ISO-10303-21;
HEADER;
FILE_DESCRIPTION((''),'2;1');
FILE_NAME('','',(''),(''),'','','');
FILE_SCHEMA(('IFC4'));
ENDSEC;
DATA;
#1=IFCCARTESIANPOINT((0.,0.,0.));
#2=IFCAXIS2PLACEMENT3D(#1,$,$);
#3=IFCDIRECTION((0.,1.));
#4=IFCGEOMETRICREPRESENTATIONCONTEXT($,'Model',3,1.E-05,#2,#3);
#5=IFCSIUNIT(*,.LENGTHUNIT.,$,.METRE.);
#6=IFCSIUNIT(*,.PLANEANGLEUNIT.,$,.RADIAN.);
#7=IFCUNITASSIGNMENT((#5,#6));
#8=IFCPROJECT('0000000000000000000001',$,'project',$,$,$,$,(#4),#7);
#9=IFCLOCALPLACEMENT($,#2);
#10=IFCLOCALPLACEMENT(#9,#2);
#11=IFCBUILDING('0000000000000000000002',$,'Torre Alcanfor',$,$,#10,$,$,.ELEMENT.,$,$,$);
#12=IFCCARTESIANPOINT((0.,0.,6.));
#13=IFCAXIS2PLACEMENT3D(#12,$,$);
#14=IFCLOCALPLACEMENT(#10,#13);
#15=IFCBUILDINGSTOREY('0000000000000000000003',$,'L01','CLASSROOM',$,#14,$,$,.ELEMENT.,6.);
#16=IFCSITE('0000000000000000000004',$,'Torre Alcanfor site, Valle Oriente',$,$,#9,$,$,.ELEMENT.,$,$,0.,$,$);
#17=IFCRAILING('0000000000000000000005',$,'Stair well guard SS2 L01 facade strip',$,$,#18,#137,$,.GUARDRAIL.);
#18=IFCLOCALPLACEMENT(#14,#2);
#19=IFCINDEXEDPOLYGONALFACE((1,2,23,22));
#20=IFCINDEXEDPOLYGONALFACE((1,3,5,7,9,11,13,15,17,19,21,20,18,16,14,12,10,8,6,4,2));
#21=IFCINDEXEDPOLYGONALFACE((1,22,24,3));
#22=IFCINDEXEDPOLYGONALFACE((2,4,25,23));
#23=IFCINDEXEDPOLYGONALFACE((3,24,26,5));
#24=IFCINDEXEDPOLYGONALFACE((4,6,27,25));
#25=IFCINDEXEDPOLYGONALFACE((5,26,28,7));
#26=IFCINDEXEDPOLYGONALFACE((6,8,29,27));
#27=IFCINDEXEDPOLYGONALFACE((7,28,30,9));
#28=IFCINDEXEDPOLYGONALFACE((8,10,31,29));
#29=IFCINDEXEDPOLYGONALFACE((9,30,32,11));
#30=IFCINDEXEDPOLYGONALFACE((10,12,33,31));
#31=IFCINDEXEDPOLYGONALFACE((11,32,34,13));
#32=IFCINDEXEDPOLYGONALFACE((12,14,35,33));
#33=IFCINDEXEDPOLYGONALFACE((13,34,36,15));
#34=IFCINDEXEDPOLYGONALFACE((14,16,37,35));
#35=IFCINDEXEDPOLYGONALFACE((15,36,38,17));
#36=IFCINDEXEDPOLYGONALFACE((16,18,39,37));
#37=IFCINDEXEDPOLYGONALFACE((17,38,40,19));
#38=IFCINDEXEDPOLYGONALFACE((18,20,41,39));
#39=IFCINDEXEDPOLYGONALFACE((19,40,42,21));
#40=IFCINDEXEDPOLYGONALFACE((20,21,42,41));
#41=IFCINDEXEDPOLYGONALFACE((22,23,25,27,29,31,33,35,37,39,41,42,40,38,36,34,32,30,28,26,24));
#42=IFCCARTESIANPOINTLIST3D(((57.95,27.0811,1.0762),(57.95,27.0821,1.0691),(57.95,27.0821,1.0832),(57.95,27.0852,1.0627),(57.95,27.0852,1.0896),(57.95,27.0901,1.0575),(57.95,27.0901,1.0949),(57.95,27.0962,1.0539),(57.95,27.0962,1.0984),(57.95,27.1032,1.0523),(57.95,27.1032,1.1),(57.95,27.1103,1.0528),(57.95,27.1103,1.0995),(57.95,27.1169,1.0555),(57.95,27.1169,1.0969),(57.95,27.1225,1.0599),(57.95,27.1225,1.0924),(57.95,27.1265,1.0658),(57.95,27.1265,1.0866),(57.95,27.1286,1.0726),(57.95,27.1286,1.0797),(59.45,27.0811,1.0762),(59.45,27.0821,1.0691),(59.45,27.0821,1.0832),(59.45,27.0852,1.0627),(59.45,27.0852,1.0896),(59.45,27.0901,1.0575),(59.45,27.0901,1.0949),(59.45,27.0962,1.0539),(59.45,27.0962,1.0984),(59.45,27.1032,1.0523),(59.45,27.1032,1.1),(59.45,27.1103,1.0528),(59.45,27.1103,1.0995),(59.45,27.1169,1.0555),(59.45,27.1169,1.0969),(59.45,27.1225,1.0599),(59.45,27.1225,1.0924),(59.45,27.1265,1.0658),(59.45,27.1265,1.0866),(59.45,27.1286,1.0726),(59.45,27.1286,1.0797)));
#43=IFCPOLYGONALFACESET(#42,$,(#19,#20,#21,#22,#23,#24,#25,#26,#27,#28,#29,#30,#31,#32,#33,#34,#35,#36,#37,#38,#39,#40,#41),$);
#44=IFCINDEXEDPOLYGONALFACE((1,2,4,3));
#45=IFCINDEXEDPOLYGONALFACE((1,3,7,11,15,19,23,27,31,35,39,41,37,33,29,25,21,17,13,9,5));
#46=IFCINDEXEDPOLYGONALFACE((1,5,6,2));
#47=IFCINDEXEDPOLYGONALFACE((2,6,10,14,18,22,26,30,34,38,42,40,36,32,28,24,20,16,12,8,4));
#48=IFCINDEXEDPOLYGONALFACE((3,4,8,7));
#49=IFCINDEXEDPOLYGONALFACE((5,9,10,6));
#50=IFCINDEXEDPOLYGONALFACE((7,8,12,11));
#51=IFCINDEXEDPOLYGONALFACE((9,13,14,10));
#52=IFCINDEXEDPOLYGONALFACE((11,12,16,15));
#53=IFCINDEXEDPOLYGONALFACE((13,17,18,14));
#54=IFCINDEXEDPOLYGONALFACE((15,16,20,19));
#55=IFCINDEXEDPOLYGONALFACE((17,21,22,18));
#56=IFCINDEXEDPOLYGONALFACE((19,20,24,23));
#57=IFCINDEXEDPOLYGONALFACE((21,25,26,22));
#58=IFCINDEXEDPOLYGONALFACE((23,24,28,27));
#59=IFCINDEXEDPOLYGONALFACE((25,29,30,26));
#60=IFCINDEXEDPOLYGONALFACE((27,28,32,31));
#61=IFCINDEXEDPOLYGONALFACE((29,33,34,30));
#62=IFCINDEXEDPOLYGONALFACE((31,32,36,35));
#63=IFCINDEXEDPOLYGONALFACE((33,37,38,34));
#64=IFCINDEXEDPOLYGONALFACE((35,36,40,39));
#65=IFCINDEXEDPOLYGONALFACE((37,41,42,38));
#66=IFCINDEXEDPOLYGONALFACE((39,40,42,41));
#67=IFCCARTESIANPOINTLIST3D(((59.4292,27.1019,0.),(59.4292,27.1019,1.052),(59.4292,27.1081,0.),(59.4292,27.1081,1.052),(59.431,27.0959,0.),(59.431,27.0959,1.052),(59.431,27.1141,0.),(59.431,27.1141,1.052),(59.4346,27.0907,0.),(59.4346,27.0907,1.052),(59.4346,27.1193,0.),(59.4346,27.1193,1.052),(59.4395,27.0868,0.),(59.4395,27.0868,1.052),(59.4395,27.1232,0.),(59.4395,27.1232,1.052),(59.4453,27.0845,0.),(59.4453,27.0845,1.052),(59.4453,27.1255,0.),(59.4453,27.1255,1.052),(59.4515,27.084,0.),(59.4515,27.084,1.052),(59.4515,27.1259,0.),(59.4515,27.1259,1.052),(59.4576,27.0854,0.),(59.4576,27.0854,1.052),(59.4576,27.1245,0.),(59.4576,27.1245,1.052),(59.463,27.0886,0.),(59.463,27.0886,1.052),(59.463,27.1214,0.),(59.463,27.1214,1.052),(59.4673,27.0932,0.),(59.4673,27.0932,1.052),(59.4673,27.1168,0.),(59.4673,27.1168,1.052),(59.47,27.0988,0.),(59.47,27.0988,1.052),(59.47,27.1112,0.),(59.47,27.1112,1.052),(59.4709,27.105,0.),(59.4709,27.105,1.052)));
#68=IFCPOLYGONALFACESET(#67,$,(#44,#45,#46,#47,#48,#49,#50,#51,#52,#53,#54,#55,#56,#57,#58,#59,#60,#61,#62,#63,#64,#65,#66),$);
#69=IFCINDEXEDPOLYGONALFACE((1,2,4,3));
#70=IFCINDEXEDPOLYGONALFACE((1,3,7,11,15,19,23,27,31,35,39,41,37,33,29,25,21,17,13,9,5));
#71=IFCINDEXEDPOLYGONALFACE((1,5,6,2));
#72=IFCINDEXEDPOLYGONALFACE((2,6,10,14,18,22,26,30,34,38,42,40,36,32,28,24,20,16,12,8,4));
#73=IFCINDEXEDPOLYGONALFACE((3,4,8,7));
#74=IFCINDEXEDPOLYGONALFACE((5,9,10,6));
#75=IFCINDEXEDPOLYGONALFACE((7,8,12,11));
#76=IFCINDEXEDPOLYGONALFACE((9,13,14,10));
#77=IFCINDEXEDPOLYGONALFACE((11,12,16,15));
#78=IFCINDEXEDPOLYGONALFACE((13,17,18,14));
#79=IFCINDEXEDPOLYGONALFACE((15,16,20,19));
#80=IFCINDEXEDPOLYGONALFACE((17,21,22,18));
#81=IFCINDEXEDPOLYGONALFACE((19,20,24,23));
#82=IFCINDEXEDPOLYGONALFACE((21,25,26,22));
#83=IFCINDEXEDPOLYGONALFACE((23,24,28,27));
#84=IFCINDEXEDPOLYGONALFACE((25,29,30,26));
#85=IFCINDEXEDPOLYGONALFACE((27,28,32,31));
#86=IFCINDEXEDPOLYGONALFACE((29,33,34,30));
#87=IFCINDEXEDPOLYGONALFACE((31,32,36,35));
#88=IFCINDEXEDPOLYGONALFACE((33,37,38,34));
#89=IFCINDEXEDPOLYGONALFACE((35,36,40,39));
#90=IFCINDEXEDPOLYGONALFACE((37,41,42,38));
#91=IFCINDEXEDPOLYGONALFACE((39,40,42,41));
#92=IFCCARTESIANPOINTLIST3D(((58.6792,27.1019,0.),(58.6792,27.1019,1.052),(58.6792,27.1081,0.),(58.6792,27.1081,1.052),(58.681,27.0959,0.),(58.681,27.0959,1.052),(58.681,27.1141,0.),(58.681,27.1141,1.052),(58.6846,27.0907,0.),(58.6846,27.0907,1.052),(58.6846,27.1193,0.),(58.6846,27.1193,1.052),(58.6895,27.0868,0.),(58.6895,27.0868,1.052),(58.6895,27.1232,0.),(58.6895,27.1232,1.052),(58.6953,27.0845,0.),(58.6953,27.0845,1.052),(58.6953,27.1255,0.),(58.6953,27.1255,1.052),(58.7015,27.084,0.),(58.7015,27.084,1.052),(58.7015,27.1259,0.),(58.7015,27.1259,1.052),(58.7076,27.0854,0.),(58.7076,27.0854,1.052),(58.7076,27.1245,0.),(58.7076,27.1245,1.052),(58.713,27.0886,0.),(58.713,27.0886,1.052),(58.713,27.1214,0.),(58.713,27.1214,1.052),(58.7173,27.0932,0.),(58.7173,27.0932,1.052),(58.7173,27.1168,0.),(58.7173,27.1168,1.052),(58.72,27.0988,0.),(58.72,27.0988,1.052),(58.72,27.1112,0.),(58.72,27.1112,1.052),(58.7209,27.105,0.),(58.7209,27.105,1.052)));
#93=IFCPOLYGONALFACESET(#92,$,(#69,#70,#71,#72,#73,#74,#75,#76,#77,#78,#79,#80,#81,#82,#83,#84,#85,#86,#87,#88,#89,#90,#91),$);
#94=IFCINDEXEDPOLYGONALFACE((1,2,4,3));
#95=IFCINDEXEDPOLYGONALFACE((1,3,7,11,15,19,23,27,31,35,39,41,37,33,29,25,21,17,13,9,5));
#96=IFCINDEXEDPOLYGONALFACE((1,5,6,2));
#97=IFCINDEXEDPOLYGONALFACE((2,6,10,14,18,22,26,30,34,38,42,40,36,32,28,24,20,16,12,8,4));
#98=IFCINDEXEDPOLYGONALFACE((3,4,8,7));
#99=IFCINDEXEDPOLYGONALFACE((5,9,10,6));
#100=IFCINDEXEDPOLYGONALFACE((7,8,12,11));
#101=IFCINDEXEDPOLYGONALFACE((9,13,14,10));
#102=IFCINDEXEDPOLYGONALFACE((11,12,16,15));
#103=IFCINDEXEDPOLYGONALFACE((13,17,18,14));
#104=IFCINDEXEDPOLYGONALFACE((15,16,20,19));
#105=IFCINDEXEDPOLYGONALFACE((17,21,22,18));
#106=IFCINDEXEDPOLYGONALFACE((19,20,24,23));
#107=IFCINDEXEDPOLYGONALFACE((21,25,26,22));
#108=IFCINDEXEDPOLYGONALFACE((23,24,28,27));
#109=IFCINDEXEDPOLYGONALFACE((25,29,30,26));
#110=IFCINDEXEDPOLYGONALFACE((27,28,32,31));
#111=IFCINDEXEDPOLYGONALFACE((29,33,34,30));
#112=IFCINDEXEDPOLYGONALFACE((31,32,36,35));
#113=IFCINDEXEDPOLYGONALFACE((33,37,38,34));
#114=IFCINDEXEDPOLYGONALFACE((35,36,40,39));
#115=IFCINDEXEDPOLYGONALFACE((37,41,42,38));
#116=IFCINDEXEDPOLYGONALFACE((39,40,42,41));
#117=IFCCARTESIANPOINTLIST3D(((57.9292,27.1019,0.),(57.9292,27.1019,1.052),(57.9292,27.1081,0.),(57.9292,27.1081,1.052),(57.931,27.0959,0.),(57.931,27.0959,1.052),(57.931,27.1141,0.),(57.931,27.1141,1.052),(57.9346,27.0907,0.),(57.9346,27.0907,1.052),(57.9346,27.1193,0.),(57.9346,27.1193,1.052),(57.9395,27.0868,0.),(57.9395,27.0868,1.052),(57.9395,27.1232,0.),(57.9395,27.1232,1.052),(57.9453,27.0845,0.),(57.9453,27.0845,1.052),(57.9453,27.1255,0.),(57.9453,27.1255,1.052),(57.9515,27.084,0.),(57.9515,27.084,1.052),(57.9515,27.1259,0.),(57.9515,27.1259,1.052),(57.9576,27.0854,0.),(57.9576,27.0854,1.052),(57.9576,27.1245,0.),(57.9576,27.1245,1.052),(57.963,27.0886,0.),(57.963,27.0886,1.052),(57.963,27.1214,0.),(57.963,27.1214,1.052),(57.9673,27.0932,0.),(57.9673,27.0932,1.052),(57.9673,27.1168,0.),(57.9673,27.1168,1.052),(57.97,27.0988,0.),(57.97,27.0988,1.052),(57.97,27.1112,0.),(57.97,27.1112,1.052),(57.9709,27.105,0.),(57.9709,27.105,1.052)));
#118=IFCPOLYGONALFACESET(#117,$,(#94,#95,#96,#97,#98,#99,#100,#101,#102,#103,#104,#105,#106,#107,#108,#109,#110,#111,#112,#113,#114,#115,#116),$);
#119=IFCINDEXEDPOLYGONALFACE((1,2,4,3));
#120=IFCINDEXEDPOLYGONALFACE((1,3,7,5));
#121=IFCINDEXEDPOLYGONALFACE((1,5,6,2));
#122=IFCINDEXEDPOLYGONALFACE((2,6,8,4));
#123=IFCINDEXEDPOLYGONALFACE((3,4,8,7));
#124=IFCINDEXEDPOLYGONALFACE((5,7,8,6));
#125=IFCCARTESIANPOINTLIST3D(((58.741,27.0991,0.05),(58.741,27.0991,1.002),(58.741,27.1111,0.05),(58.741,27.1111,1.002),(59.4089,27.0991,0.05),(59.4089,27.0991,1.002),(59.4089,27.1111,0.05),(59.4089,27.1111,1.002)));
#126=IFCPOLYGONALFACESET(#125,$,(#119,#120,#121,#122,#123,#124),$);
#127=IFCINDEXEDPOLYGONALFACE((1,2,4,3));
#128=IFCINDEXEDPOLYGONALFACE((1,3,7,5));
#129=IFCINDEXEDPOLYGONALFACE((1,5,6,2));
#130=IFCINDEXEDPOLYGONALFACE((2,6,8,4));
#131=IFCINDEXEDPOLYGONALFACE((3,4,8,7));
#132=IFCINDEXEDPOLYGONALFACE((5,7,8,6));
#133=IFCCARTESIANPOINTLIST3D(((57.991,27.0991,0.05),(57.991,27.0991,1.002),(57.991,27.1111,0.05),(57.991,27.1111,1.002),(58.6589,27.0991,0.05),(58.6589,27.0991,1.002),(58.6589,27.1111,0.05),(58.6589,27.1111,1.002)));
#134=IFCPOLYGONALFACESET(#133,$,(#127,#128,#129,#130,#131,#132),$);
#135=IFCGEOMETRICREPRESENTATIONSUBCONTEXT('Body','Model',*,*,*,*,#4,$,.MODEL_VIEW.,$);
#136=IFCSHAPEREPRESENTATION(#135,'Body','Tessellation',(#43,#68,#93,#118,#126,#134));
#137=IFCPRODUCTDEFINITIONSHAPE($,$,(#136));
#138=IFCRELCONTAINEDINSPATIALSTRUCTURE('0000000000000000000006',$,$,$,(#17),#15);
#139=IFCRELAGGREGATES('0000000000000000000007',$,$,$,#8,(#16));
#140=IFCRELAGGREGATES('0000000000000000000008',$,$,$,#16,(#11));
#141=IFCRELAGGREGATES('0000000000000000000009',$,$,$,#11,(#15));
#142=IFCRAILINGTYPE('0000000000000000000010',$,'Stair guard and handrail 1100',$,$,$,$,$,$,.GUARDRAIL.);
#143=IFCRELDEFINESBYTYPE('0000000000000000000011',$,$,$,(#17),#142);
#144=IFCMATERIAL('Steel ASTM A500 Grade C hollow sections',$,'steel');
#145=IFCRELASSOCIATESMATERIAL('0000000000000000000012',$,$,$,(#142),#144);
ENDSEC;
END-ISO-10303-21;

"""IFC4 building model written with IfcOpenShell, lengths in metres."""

from ifc_helpers import new_model, si_unit, direction, frame, origin, origin_2d, place, context, subcontext, project, spatial, polyline, circle, outline, extrude, material, type_object, element, save


model = new_model("IFC4")

# Units and contexts
model_context = context("Model", 3, precision=1e-05, world=origin(), true_north=direction((0.0, 1.0)))
body_context = subcontext(model_context, "Body", "Model", "MODEL_VIEW")
ifc_project = project(units=[si_unit("LENGTHUNIT", "METRE"), si_unit("PLANEANGLEUNIT", "RADIAN")], contexts=[model_context])

# Site, building, storey
site_placement = place(None, origin())
site = spatial("IfcSite", under=ifc_project, at=site_placement, Name="Torre Alcanfor site, Valle Oriente", CompositionType="ELEMENT", RefElevation=0.0)
building_placement = place(site_placement, origin())
building = spatial("IfcBuilding", under=site, at=building_placement, Name="Torre Alcanfor", CompositionType="ELEMENT")
storey_placement = place(building_placement, frame((0.0, 0.0, 6.0)))
storey = spatial("IfcBuildingStorey", under=building, at=storey_placement, Name="L01", Description="CLASSROOM", CompositionType="ELEMENT", Elevation=6.0)

# Railing
ifc_material_1 = material(Name="Steel ASTM A500 Grade C hollow sections", Category="steel")
railing_type_1 = type_object("IfcRailingType", Name="Stair guard and handrail 1100", PredefinedType="GUARDRAIL", material=ifc_material_1)
railing_1_placement = place(storey_placement, frame((59.45, 27.105, 0.0)))
element("IfcRailing", 1, at=railing_1_placement, inside=storey, type_object=railing_type_1, Name="Stair well guard SS2 L01 facade strip", PredefinedType="GUARDRAIL", context=body_context, shape_type="SweptSolid", body=[
    extrude(circle(Radius=0.0239, at=origin_2d()), frame((0.0, 0.0, 1.0762), z_axis=(-1.0, 0.0, 0.0), x_axis=(0.0, -1.0, 0.0)), (0.0, 0.0, 1.0), 1.5),
    extrude(circle(Radius=0.021, at=origin_2d()), origin(), (0.0, 0.0, 1.0), 1.052),
    extrude(circle(Radius=0.021, at=origin_2d()), frame((-0.75, 0.0, 0.0)), (0.0, 0.0, 1.0), 1.052),
    extrude(circle(Radius=0.021, at=origin_2d()), frame((-1.5, 0.0, 0.0)), (0.0, 0.0, 1.0), 1.052),
    extrude(outline(polyline([(0.041, 0.05), (0.709, 0.05), (0.709, 1.002), (0.041, 1.002), (0.041, 0.05)])), frame((0.0, -0.0059, 0.0), z_axis=(0.0, 1.0, 0.0), x_axis=(-1.0, 0.0, 0.0)), (0.0, 0.0, 1.0), 0.012),
    extrude(outline(polyline([(0.791, 0.05), (1.459, 0.05), (1.459, 1.002), (0.791, 1.002), (0.791, 0.05)])), frame((0.0, -0.0059, 0.0), z_axis=(0.0, 1.0, 0.0), x_axis=(-1.0, 0.0, 0.0)), (0.0, 0.0, 1.0), 0.012),
])

save(model, "model.ifc")
